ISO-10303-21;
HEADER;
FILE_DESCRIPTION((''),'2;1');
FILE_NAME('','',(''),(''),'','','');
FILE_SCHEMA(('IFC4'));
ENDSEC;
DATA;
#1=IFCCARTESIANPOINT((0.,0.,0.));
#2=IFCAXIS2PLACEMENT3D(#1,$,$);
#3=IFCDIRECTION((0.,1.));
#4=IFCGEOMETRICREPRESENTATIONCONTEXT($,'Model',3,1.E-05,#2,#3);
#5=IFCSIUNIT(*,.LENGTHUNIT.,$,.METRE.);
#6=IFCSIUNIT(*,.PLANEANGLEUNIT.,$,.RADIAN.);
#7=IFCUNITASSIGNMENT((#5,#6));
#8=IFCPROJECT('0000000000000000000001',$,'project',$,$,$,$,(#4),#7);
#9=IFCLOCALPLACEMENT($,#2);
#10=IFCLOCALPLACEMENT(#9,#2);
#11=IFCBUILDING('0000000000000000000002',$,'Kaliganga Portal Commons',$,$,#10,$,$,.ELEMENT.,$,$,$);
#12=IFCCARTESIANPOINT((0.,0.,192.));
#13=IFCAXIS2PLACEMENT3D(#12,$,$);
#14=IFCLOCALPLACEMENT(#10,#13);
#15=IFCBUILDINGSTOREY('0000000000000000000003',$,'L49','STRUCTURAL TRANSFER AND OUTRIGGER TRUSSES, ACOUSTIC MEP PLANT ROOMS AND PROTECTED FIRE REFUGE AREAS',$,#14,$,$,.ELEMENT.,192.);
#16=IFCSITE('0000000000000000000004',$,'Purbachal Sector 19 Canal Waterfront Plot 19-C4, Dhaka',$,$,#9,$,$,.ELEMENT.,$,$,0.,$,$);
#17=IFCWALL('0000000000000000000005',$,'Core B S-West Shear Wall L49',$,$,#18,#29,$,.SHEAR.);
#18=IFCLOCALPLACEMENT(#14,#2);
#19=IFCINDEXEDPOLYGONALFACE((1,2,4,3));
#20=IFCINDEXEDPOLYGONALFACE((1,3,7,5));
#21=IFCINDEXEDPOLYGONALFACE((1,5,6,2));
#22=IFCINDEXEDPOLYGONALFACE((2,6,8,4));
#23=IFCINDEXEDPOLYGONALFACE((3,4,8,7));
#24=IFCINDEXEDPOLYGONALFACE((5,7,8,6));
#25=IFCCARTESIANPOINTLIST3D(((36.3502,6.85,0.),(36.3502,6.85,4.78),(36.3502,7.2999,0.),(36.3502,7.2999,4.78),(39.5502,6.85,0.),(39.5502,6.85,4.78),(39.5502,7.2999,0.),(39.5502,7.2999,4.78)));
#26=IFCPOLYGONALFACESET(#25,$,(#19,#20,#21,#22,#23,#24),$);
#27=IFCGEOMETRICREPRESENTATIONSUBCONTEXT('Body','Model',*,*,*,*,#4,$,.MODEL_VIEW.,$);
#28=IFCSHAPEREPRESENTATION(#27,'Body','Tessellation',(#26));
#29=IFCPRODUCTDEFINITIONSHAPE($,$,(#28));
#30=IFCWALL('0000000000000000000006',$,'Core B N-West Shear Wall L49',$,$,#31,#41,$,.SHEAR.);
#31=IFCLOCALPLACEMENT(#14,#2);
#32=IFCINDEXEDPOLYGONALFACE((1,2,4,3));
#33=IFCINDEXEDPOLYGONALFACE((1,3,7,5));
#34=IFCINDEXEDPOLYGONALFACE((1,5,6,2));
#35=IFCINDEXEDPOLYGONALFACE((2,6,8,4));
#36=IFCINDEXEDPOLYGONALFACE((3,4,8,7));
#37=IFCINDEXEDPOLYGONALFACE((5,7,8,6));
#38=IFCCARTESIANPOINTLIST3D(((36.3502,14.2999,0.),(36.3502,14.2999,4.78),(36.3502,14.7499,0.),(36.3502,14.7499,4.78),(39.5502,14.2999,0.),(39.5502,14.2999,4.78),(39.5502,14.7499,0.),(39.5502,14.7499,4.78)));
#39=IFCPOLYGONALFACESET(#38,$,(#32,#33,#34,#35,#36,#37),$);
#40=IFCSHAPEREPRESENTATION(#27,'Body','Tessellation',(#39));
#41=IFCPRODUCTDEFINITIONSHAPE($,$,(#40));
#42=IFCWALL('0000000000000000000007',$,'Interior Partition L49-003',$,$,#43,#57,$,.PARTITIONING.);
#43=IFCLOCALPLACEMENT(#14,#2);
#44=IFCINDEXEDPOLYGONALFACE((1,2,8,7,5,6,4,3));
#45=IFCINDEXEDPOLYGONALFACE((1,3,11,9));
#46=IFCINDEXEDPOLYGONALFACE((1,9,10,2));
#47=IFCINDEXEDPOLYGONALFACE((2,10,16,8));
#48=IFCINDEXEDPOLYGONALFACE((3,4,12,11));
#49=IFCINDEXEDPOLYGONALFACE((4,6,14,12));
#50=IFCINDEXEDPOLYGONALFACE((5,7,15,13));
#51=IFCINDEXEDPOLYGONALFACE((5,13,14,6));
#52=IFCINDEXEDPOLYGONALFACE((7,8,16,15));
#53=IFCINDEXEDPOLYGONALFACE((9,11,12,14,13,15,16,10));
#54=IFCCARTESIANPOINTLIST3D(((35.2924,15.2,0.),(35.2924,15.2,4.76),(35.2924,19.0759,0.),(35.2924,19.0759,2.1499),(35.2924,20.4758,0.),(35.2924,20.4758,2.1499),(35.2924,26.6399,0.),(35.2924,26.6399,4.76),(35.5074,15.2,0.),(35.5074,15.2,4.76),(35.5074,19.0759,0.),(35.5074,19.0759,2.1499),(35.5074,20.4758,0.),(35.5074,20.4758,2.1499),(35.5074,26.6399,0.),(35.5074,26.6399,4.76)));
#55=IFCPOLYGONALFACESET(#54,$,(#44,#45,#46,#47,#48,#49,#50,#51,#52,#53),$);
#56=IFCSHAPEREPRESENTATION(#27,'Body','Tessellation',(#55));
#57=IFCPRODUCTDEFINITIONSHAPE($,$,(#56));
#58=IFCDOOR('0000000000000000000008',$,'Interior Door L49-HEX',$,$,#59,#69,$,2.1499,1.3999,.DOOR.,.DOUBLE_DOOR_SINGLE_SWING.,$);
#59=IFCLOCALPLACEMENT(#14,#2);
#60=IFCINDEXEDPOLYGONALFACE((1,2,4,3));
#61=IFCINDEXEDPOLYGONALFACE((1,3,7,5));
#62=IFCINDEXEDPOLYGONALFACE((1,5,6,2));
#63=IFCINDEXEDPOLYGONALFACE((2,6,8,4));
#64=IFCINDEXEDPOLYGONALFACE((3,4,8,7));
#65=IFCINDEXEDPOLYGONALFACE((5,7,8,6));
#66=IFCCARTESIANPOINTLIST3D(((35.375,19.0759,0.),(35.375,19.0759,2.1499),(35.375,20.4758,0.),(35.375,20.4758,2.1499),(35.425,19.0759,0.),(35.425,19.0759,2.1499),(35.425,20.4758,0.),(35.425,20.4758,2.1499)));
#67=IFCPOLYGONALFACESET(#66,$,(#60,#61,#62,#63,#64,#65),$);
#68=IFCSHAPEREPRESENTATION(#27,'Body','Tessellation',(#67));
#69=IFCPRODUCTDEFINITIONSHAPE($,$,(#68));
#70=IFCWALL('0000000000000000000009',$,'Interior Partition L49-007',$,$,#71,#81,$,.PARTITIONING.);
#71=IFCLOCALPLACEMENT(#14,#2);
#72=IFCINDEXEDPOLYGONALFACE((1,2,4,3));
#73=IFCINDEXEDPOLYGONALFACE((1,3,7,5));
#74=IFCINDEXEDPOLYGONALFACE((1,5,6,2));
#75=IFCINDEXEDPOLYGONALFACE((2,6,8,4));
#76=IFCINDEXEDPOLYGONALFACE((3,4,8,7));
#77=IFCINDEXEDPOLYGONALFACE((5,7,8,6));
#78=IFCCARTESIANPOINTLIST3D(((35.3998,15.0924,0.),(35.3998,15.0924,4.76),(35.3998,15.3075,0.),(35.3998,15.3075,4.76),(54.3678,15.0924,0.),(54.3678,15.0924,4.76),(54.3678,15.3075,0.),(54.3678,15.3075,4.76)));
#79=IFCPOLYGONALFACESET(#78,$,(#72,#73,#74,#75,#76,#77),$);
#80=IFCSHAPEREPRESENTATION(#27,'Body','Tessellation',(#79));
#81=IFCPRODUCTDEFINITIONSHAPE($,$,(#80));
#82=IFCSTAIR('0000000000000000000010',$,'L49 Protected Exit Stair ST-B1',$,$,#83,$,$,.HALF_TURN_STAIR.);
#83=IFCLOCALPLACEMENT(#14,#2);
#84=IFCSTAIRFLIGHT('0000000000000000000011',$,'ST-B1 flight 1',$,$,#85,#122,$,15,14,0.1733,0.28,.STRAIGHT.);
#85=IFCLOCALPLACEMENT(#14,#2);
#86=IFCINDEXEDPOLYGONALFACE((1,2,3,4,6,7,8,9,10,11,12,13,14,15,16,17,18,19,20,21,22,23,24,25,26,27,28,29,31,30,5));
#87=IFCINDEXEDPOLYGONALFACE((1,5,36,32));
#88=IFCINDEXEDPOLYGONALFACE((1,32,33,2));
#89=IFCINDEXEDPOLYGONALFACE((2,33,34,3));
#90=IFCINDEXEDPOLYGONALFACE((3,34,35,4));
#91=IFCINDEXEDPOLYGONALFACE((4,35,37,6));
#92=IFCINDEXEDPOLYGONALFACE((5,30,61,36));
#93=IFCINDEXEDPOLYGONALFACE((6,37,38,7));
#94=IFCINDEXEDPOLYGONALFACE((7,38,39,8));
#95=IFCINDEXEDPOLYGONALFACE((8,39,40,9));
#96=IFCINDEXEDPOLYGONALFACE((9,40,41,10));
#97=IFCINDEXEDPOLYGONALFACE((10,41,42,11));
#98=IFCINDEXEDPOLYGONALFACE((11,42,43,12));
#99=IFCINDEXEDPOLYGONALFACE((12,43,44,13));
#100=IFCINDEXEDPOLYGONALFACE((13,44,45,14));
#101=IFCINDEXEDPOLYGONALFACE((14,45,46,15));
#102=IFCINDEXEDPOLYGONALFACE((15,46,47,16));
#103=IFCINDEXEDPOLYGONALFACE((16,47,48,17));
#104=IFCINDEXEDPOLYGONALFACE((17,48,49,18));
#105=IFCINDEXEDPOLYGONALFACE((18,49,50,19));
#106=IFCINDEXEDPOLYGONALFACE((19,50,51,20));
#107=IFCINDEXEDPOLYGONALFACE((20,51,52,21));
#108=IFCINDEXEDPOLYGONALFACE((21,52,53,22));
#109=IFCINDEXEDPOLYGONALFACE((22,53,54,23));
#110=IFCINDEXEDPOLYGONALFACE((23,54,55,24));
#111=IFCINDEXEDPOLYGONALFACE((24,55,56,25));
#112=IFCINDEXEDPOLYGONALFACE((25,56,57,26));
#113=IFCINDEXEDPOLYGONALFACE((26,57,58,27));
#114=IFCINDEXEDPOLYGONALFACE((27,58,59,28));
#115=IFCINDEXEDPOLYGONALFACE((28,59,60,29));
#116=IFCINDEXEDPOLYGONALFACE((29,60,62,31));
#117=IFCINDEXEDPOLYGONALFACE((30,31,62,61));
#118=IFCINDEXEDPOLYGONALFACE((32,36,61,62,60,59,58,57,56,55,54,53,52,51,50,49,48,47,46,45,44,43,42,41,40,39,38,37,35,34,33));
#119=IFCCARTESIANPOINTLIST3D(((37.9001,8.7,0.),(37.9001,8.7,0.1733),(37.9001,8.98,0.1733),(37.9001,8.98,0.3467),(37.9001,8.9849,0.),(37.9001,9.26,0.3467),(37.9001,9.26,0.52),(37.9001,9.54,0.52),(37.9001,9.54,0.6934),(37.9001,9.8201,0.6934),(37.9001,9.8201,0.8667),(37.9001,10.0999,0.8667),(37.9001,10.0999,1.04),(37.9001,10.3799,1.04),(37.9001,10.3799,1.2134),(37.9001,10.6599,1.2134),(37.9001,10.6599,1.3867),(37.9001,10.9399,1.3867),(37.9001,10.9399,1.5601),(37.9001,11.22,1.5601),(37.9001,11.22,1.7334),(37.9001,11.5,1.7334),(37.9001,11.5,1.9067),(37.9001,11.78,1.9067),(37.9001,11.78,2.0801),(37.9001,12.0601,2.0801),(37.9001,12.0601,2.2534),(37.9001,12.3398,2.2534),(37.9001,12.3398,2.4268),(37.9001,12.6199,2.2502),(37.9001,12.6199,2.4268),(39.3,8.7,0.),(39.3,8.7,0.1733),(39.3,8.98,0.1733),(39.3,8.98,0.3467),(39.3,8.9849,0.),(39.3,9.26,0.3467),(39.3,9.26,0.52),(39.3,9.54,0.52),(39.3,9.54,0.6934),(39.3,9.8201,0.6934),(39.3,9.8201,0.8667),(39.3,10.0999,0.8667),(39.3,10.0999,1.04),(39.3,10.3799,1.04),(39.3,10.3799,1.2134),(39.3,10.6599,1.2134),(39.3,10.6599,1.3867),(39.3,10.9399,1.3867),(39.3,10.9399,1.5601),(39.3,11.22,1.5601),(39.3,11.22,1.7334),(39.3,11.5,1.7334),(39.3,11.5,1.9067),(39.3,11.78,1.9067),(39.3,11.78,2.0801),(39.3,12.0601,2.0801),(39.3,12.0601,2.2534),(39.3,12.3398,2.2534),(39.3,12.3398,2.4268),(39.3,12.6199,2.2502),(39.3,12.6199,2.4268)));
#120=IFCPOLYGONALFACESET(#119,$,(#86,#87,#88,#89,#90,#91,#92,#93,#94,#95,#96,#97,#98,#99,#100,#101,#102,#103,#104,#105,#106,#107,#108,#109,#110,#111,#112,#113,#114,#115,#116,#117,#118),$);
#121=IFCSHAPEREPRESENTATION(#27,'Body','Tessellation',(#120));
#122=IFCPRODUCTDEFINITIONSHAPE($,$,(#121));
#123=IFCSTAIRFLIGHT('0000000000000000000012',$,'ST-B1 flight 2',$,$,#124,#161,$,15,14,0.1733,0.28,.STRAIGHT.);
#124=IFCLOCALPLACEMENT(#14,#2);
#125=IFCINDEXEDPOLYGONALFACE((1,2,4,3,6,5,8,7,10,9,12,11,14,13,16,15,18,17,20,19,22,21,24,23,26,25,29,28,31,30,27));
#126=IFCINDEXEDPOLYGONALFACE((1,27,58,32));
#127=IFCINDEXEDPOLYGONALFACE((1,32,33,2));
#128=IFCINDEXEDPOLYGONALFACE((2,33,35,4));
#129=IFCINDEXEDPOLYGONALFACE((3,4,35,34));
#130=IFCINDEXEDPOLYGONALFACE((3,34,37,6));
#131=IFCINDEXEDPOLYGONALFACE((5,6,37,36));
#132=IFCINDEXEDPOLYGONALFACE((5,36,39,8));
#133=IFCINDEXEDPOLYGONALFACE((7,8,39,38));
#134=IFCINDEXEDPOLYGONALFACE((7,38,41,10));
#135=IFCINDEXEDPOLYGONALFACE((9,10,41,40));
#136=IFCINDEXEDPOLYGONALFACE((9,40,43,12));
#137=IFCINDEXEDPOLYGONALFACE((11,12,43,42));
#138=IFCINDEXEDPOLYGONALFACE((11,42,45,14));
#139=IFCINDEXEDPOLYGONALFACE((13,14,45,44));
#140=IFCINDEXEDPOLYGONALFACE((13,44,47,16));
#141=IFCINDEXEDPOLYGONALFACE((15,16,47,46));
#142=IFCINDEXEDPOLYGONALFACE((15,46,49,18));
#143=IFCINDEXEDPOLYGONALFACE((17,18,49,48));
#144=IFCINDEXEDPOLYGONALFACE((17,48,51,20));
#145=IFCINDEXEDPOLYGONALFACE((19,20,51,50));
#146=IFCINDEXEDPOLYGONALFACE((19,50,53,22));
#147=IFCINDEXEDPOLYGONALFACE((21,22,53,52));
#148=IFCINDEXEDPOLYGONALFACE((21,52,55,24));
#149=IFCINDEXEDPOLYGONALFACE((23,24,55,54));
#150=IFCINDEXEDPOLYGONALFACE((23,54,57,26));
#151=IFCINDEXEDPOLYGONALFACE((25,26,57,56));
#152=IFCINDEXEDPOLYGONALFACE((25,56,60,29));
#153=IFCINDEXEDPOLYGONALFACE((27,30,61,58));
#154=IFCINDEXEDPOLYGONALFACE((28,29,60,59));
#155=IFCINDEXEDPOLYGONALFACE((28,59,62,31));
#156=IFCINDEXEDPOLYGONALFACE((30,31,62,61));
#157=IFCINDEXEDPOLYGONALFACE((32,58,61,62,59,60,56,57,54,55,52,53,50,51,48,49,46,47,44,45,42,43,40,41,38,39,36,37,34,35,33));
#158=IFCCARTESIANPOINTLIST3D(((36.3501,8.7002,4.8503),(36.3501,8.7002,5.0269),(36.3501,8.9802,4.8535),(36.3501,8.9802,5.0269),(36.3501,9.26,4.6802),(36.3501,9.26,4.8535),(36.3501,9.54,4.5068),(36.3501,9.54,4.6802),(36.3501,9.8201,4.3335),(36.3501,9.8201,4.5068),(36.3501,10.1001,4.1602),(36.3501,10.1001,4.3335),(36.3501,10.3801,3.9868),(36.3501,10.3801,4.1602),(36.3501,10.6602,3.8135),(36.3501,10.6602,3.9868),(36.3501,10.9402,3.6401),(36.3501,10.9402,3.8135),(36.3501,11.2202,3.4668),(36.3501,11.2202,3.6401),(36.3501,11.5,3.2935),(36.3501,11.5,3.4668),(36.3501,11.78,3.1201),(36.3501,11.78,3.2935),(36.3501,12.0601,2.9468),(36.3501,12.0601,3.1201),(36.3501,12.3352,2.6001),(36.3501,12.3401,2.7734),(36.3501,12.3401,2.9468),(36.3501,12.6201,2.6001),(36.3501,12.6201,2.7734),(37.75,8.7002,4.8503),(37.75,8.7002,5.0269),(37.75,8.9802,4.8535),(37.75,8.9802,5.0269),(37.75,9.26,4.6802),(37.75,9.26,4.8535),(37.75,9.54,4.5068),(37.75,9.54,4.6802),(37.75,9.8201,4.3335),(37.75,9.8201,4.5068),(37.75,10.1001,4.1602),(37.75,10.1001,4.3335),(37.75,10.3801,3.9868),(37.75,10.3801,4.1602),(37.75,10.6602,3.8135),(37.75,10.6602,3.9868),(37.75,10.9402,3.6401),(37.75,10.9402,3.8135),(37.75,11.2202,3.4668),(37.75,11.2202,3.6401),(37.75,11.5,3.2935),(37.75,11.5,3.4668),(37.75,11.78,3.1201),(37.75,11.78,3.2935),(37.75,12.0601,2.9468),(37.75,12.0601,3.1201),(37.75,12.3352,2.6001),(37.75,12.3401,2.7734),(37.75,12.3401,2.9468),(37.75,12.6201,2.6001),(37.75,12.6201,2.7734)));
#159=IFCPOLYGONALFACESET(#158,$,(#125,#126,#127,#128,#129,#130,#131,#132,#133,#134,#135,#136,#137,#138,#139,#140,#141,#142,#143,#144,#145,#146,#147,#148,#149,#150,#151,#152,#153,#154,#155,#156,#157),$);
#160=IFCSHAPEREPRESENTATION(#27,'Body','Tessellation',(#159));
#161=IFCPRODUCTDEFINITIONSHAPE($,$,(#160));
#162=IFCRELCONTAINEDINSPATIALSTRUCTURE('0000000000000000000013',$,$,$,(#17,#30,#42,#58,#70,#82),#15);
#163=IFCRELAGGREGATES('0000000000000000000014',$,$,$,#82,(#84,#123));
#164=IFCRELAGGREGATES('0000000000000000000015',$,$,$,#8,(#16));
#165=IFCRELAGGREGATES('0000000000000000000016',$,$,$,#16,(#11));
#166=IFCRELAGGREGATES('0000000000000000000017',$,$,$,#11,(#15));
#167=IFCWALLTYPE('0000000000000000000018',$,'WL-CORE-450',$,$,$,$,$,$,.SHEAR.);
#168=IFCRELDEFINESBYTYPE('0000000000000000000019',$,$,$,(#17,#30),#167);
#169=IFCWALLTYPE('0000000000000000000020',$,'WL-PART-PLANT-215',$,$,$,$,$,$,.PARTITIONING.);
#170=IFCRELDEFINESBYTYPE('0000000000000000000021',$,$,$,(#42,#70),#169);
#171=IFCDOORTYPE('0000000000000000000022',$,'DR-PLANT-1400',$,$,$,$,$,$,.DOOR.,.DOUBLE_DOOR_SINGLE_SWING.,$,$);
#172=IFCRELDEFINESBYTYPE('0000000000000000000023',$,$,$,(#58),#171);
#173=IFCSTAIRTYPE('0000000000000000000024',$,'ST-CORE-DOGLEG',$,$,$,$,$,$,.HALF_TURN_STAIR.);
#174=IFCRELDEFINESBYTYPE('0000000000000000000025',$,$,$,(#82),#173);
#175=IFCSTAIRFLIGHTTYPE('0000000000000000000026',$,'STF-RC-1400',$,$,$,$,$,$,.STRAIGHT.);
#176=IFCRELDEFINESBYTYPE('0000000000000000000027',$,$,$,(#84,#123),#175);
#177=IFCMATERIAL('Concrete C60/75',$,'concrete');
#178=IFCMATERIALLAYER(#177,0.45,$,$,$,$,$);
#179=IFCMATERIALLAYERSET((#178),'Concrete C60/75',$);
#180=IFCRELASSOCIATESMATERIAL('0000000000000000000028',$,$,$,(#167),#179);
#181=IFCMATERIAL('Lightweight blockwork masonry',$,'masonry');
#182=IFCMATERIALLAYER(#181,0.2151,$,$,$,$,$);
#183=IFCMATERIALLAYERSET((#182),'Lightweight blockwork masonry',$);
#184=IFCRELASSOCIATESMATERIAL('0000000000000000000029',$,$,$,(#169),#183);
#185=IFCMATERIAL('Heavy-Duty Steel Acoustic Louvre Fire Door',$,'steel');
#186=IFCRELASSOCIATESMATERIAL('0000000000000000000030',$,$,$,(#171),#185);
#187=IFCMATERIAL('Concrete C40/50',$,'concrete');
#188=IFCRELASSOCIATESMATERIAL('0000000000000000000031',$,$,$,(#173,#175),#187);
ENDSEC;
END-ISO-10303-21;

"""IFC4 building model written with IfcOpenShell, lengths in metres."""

from ifc_helpers import new_model, si_unit, direction, frame, frame_2d, origin, place, context, subcontext, project, spatial, polyline, rectangle, outline, extrude, material, layer, layer_set, type_object, element, fill, aggregate, save


model = new_model("IFC4")

# Units and contexts
model_context = context("Model", 3, precision=1e-05, world=origin(), true_north=direction((0.0, 1.0)))
body_context = subcontext(model_context, "Body", "Model", "MODEL_VIEW")
ifc_project = project(units=[si_unit("LENGTHUNIT", "METRE"), si_unit("PLANEANGLEUNIT", "RADIAN")], contexts=[model_context])

# Site, building, storey
site_placement = place(None, origin())
site = spatial("IfcSite", under=ifc_project, at=site_placement, Name="Purbachal Sector 19 Canal Waterfront Plot 19-C4, Dhaka", CompositionType="ELEMENT", RefElevation=0.0)
building_placement = place(site_placement, origin())
building = spatial("IfcBuilding", under=site, at=building_placement, Name="Kaliganga Portal Commons", CompositionType="ELEMENT")
storey_placement = place(building_placement, frame((0.0, 0.0, 192.0)))
storey = spatial("IfcBuildingStorey", under=building, at=storey_placement, Name="L49", Description="STRUCTURAL TRANSFER AND OUTRIGGER TRUSSES, ACOUSTIC MEP PLANT ROOMS AND PROTECTED FIRE REFUGE AREAS", CompositionType="ELEMENT", Elevation=192.0)

# Shared definitions
ifc_material_1 = material(Name="Concrete C60/75", Category="concrete")

# Walls
ifc_layer_1 = layer(ifc_material_1, 0.45)
ifc_layer_set_1 = layer_set([ifc_layer_1], Name="Concrete C60/75")
wall_type_1 = type_object("IfcWallType", Name="WL-CORE-450", PredefinedType="SHEAR", material=ifc_layer_set_1)
for number, where, z_axis, x_axis, name in (
    (1, (36.3501, 7.075, 0.0), (0.0, 0.0, 1.0), (1.0, 0.0, 0.0), "Core B S-West Shear Wall L49"),
    (2, (36.3501, 14.5249, 0.0), (0.0, 0.0, 1.0), (1.0, 0.0, 0.0), "Core B N-West Shear Wall L49"),
):
    element("IfcWall", number, at=place(storey_placement, frame(where, z_axis=z_axis, x_axis=x_axis)), inside=storey, type_object=wall_type_1, Name=name, PredefinedType="SHEAR", context=body_context, shape_type="SweptSolid", body=[
        extrude(rectangle(XDim=3.2, YDim=0.45, at=frame_2d((1.6001, 0.0))), origin(), (0.0, 0.0, 1.0), 4.78),
    ])

# Wall, opening, door
ifc_material_2 = material(Name="Lightweight blockwork masonry", Category="masonry")
ifc_layer_2 = layer(ifc_material_2, 0.2151)
ifc_layer_set_2 = layer_set([ifc_layer_2], Name="Lightweight blockwork masonry")
wall_type_2 = type_object("IfcWallType", Name="WL-PART-PLANT-215", PredefinedType="PARTITIONING", material=ifc_layer_set_2)
wall_1_placement = place(storey_placement, frame((35.3999, 15.2, 0.0), z_axis=(0.0, 0.0, 1.0), x_axis=(0.0, 1.0, 0.0)))
wall_1 = element("IfcWall", 3, at=wall_1_placement, inside=storey, type_object=wall_type_2, Name="Interior Partition L49-003", PredefinedType="PARTITIONING", context=body_context, shape_type="SweptSolid", body=[
    extrude(rectangle(XDim=11.4399, YDim=0.2151, at=frame_2d((5.72, 0.0))), origin(), (0.0, 0.0, 1.0), 4.76),
])
opening_placement = place(wall_1_placement, frame((3.876, 0.0, 0.0)))
opening = element("IfcOpeningElement", 4, at=opening_placement, cuts=wall_1, PredefinedType="OPENING", context=body_context, shape_type="SweptSolid", body=[
    extrude(rectangle(XDim=1.3999, YDim=2.1499, at=frame_2d((0.7, 1.075))), frame((0.0, 0.1177, 0.0), z_axis=(0.0, -1.0, 0.0), x_axis=(1.0, 0.0, 0.0)), (0.0, 0.0, 1.0), 0.2351),
])
ifc_material_3 = material(Name="Heavy-Duty Steel Acoustic Louvre Fire Door", Category="steel")
door_type = type_object("IfcDoorType", Name="DR-PLANT-1400", OperationType="DOUBLE_DOOR_SINGLE_SWING", PredefinedType="DOOR", material=ifc_material_3)
door_placement = place(opening_placement, origin())
door = element("IfcDoor", 5, at=door_placement, inside=storey, type_object=door_type, Name="Interior Door L49-HEX", OperationType="DOUBLE_DOOR_SINGLE_SWING", OverallHeight=2.1499, OverallWidth=1.3999, PredefinedType="DOOR", context=body_context, shape_type="SweptSolid", body=[
    extrude(rectangle(XDim=1.3999, YDim=2.1499, at=frame_2d((0.7, 1.075))), frame((0.0, 0.0249, 0.0), z_axis=(0.0, -1.0, 0.0), x_axis=(1.0, 0.0, 0.0)), (0.0, 0.0, 1.0), 0.05),
])
fill(opening, door)

# Wall
wall_2_placement = place(storey_placement, frame((35.3999, 15.2, 0.0), z_axis=(0.0, 0.0, 1.0), x_axis=(1.0, 0.0, 0.0)))
element("IfcWall", 6, at=wall_2_placement, inside=storey, type_object=wall_type_2, Name="Interior Partition L49-007", PredefinedType="PARTITIONING", context=body_context, shape_type="SweptSolid", body=[
    extrude(rectangle(XDim=18.968, YDim=0.2151, at=frame_2d((9.4839, 0.0))), origin(), (0.0, 0.0, 1.0), 4.76),
])

# Stair, stair flights
ifc_material_4 = material(Name="Concrete C40/50", Category="concrete")
stair_type = type_object("IfcStairType", Name="ST-CORE-DOGLEG", PredefinedType="HALF_TURN_STAIR", material=ifc_material_4)
stair_placement = place(storey_placement, origin())
stair = element("IfcStair", 7, at=stair_placement, inside=storey, type_object=stair_type, Name="L49 Protected Exit Stair ST-B1", PredefinedType="HALF_TURN_STAIR")
stair_flight_type = type_object("IfcStairFlightType", Name="STF-RC-1400", PredefinedType="STRAIGHT", material=ifc_material_4)
stair_flight_1_placement = place(storey_placement, frame((38.6001, 8.7, 0.0), z_axis=(0.0, 0.0, 1.0), x_axis=(0.0, 1.0, 0.0)))
stair_flight_1 = element("IfcStairFlight", 8, at=stair_flight_1_placement, type_object=stair_flight_type, Name="ST-B1 flight 1", NumberOfRisers=15, NumberOfTreads=14, PredefinedType="STRAIGHT", RiserHeight=0.1733, TreadLength=0.28, context=body_context, shape_type="SweptSolid", body=[
    extrude(outline(polyline([(0.0, 0.0), (0.0, 0.1733), (0.28, 0.1733), (0.28, 0.3467), (0.5601, 0.3467), (0.5601, 0.52), (0.8401, 0.52), (0.8401, 0.6934), (1.1201, 0.6934), (1.1201, 0.8667), (1.3999, 0.8667), (1.3999, 1.04), (1.6799, 1.04), (1.6799, 1.2134), (1.96, 1.2134), (1.96, 1.3867), (2.24, 1.3867), (2.24, 1.5601), (2.52, 1.5601), (2.52, 1.7334), (2.8, 1.7334), (2.8, 1.9067), (3.0801, 1.9067), (3.0801, 2.0801), (3.3601, 2.0801), (3.3601, 2.2534), (3.6399, 2.2534), (3.6399, 2.4268), (3.9199, 2.4268), (3.9199, 2.6001), (3.9199, 2.2502), (0.2849, 0.0), (0.0, 0.0)])), frame((0.0, 0.7, 0.0), z_axis=(0.0, -1.0, 0.0), x_axis=(1.0, 0.0, 0.0)), (0.0, 0.0, 1.0), 1.3999),
])
stair_flight_2_placement = place(storey_placement, frame((37.05, 12.6201, 2.6001), z_axis=(0.0, 0.0, 1.0), x_axis=(0.0, -1.0, 0.0)))
stair_flight_2 = element("IfcStairFlight", 9, at=stair_flight_2_placement, type_object=stair_flight_type, Name="ST-B1 flight 2", NumberOfRisers=15, NumberOfTreads=14, PredefinedType="STRAIGHT", RiserHeight=0.1733, TreadLength=0.28, context=body_context, shape_type="SweptSolid", body=[
    extrude(outline(polyline([(0.0, 0.0), (0.0, 0.1733), (0.28, 0.1733), (0.28, 0.3467), (0.5601, 0.3467), (0.5601, 0.52), (0.8401, 0.52), (0.8401, 0.6934), (1.1201, 0.6934), (1.1201, 0.8667), (1.3999, 0.8667), (1.3999, 1.04), (1.6799, 1.04), (1.6799, 1.2134), (1.96, 1.2134), (1.96, 1.3867), (2.24, 1.3867), (2.24, 1.5601), (2.52, 1.5601), (2.52, 1.7334), (2.8, 1.7334), (2.8, 1.9067), (3.0801, 1.9067), (3.0801, 2.0801), (3.3601, 2.0801), (3.3601, 2.2534), (3.6399, 2.2534), (3.6399, 2.4268), (3.9199, 2.4268), (3.9199, 2.6001), (3.9199, 2.2502), (0.2849, 0.0), (0.0, 0.0)])), frame((0.0, 0.7, 0.0), z_axis=(0.0, -1.0, 0.0), x_axis=(1.0, 0.0, 0.0)), (0.0, 0.0, 1.0), 1.3999),
])
aggregate(stair, [stair_flight_1, stair_flight_2])

save(model, "model.ifc")
